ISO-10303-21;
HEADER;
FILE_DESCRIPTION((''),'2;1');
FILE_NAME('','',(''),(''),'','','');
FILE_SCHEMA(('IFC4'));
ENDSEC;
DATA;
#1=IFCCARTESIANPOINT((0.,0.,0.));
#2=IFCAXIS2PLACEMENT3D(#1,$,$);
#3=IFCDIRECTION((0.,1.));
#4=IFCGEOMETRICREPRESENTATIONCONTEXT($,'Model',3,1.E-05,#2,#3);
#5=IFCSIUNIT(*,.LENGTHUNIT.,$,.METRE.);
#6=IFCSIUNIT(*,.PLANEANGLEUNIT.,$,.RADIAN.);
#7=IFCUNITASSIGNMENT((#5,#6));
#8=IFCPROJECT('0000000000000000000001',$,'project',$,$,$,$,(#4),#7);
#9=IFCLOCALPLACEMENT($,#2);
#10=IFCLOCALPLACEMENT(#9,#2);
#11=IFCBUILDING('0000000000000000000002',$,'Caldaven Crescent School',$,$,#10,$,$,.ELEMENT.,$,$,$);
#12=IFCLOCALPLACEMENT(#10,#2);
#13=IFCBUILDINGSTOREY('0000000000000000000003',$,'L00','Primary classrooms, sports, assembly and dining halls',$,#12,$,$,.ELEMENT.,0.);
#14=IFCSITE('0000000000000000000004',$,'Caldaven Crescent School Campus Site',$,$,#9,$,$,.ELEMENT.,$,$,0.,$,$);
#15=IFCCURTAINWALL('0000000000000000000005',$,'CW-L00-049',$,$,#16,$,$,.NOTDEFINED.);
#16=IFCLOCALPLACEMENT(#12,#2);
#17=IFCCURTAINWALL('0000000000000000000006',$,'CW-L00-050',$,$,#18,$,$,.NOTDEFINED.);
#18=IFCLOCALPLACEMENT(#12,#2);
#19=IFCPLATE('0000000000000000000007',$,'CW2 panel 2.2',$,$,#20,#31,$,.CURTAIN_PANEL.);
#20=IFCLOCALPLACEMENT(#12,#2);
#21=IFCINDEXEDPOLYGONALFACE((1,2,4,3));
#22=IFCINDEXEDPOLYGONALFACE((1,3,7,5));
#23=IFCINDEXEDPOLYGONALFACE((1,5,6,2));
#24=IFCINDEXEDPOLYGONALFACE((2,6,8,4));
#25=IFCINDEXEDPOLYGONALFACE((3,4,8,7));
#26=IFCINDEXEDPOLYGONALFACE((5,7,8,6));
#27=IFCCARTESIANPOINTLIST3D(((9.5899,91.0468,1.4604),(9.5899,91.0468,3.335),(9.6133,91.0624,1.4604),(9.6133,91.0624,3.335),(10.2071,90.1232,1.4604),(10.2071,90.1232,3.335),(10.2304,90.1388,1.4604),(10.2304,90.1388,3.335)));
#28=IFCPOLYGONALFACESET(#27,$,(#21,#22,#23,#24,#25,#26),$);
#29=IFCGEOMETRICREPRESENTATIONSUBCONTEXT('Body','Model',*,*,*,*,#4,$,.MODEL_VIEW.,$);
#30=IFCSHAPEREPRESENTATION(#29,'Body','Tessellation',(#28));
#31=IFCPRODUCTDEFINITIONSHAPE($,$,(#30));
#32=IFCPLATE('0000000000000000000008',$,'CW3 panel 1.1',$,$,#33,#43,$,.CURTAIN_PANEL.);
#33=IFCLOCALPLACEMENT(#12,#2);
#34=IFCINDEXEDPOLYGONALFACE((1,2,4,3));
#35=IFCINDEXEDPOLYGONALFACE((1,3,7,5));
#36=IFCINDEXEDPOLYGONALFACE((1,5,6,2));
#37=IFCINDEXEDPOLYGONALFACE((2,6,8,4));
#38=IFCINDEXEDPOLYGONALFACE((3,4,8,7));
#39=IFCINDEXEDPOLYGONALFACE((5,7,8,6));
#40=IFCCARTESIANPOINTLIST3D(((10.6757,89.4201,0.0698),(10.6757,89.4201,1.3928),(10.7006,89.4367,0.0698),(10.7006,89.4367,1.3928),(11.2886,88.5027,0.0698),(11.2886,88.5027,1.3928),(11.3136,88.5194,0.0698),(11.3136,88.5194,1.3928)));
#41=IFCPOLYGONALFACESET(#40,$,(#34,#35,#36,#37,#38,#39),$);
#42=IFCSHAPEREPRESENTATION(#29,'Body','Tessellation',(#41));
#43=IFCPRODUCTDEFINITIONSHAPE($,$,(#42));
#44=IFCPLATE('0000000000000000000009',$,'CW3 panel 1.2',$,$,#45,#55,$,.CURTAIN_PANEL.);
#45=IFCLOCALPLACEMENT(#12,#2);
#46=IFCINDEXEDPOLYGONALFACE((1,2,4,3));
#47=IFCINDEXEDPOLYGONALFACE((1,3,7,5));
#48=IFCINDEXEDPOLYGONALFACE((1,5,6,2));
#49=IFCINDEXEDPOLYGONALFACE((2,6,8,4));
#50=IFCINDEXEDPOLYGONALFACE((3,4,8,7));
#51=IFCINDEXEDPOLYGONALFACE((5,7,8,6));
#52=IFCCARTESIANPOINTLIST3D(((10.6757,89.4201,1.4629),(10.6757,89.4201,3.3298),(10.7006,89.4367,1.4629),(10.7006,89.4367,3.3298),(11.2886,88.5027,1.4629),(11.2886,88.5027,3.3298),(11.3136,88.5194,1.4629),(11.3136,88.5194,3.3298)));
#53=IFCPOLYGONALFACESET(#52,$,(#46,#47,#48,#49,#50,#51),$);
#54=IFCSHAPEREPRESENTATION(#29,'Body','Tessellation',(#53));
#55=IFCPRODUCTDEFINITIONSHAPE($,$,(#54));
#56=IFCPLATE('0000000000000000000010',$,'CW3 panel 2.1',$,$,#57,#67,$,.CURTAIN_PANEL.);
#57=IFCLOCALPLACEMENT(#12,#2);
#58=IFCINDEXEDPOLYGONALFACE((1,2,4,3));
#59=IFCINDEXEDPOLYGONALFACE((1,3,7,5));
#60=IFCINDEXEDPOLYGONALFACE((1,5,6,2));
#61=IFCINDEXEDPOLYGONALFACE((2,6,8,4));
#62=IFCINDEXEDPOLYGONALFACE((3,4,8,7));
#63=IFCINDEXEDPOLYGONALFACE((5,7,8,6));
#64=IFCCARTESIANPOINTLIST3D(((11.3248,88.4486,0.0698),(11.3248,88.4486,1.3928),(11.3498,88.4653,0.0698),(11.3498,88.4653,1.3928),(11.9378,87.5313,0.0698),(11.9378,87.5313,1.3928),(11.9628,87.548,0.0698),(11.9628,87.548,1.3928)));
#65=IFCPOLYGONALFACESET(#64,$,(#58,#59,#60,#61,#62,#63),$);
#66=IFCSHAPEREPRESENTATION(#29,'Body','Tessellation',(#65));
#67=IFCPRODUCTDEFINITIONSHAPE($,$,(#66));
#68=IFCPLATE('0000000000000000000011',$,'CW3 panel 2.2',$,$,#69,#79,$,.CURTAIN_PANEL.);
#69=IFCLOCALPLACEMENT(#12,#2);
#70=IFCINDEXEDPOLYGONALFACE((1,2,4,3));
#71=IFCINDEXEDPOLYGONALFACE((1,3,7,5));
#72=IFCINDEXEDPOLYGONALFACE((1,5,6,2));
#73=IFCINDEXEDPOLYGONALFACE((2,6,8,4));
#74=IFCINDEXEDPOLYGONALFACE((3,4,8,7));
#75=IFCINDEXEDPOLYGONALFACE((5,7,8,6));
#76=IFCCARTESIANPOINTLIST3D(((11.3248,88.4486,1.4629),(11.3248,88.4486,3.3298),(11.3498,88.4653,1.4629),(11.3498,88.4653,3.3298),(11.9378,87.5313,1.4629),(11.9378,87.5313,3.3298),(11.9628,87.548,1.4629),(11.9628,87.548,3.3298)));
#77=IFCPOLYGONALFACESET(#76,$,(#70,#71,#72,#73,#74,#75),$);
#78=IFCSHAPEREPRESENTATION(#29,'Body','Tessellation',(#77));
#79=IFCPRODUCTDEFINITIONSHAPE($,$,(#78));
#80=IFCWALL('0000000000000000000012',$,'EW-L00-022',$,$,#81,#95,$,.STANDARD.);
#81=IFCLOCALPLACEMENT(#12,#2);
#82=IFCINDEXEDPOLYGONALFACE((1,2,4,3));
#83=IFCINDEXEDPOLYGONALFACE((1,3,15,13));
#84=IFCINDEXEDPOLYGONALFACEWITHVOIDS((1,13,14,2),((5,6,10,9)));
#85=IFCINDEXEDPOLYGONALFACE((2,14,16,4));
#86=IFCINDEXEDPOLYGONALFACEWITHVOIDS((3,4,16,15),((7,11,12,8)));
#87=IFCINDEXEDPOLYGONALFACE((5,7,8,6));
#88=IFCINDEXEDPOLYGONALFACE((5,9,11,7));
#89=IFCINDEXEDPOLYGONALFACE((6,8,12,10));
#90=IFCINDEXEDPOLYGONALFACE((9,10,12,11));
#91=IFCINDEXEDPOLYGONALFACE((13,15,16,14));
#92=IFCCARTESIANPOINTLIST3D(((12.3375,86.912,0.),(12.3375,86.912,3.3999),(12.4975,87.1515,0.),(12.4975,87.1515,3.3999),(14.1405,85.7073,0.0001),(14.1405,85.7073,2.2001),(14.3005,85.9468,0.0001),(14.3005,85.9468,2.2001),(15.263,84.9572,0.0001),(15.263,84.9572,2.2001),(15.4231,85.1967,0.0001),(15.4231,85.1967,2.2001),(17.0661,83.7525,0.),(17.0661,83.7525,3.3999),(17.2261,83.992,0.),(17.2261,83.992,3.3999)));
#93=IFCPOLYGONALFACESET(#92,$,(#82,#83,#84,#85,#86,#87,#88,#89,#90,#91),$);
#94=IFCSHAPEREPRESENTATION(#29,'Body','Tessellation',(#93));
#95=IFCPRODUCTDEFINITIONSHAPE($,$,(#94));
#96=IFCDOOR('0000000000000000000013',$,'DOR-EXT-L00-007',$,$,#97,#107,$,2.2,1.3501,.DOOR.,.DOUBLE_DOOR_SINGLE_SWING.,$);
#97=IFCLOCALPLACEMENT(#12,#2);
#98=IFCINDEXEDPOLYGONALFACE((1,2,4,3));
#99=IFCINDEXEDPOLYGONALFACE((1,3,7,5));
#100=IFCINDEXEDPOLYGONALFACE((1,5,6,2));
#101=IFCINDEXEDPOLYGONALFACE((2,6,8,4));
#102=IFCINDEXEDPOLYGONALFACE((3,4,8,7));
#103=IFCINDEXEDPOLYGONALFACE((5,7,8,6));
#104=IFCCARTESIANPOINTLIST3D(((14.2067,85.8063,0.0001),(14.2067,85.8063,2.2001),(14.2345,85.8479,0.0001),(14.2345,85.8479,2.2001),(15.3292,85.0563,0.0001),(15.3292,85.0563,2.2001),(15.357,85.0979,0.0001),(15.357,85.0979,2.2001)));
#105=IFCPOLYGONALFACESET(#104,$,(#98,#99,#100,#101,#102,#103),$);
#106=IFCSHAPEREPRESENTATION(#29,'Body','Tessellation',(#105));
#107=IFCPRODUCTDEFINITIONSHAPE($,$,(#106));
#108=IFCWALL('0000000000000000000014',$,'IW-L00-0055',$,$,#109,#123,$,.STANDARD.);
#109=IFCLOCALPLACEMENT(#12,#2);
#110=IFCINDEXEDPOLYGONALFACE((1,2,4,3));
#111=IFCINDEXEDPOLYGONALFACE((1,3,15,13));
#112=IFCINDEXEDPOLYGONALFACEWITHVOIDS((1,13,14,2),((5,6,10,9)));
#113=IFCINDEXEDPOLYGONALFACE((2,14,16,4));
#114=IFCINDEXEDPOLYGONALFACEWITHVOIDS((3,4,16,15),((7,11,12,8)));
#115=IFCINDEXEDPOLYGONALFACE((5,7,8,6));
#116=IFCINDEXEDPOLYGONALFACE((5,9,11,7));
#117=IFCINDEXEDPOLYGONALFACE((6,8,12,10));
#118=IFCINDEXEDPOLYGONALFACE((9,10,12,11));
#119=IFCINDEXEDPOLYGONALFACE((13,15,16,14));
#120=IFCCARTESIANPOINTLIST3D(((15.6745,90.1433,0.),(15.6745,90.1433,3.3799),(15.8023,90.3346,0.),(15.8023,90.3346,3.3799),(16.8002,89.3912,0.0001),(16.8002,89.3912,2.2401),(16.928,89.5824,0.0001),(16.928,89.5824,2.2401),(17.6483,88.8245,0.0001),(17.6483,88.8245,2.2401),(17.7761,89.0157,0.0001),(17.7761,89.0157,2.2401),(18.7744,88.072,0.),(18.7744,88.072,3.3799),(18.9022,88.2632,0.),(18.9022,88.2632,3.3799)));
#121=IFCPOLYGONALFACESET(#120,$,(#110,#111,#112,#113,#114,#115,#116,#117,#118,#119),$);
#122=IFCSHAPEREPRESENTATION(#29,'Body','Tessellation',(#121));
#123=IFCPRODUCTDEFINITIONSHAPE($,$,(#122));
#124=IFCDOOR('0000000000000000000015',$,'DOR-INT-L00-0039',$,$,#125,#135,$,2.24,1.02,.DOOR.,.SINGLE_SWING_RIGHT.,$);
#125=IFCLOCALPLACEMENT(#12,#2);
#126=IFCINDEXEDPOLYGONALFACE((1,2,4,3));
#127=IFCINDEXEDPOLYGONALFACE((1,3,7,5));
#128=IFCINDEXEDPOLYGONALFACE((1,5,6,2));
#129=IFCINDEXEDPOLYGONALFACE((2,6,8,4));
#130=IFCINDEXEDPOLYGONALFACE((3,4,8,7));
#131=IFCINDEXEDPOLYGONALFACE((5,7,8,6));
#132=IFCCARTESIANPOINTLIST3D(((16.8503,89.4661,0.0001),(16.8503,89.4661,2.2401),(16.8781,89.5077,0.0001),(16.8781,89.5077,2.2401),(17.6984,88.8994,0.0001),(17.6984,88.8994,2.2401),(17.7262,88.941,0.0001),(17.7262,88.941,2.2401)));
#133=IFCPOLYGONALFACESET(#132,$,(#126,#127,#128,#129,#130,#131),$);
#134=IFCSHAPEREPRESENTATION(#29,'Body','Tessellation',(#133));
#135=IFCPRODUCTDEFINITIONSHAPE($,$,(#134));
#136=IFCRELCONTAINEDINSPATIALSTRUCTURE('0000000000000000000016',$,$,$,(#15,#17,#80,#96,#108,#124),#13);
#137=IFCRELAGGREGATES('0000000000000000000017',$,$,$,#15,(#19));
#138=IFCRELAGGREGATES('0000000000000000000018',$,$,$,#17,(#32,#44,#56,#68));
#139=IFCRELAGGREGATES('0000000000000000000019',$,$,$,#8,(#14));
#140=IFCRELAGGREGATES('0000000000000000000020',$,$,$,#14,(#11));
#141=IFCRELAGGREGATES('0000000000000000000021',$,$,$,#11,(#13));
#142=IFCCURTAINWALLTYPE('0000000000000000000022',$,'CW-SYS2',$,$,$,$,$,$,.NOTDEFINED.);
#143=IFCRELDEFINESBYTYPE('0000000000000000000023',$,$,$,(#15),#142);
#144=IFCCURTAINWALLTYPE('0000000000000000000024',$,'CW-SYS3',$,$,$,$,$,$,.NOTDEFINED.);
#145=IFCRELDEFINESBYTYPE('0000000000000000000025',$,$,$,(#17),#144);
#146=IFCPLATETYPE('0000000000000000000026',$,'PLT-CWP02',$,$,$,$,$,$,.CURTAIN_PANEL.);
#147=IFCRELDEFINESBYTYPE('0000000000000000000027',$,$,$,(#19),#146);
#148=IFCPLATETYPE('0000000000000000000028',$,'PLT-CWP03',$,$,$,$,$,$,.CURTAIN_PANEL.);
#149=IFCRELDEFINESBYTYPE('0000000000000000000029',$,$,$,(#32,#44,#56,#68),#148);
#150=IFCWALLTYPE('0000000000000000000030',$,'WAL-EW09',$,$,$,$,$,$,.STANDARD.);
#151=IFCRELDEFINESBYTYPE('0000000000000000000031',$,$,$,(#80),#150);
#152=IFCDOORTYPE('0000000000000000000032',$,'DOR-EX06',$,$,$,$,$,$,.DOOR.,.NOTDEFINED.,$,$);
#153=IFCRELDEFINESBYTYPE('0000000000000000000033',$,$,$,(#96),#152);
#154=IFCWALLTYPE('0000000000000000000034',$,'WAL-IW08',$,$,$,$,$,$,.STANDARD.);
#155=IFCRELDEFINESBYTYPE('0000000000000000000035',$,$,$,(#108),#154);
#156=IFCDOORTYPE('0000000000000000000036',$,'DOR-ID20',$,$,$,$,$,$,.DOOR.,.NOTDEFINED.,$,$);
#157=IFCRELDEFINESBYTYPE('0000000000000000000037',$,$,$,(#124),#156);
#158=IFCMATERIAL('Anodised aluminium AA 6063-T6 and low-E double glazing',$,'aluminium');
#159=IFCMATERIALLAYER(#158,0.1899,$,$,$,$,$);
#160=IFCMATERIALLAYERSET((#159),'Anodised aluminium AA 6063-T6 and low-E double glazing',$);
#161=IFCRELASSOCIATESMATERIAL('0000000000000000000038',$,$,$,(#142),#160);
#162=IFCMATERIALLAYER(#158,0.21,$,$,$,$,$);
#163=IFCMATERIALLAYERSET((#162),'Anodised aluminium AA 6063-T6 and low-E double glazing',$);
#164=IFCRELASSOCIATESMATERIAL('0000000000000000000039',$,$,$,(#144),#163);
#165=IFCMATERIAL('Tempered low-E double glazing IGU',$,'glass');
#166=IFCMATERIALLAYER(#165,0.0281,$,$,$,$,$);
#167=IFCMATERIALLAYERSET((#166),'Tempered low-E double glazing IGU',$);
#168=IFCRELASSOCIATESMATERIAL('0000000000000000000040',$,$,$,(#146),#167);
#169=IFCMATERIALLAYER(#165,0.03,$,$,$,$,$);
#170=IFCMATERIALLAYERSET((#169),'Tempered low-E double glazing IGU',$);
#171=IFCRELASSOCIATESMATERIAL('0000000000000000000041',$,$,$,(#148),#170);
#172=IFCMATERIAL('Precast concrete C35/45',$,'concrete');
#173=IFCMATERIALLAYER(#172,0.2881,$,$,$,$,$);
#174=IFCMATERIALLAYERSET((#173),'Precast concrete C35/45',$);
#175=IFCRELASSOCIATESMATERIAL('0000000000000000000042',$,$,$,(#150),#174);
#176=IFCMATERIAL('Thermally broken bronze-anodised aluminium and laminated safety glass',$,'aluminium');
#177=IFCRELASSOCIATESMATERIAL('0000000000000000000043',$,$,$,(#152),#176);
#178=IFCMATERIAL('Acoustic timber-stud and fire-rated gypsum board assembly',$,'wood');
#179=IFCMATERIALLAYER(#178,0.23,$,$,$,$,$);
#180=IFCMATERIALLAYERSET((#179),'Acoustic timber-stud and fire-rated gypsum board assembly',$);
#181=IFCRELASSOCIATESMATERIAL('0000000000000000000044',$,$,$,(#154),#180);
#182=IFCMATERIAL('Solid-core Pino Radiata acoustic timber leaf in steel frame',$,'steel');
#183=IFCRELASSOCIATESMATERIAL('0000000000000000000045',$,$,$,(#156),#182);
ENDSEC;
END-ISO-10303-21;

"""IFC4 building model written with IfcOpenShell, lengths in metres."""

from ifc_helpers import new_model, si_unit, direction, frame, frame_2d, origin, origin_2d, place, context, subcontext, project, spatial, rectangle, extrude, material, layer, layer_set, type_object, element, fill, aggregate, save


model = new_model("IFC4")

# Units and contexts
model_context = context("Model", 3, precision=1e-05, world=origin(), true_north=direction((0.0, 1.0)))
body_context = subcontext(model_context, "Body", "Model", "MODEL_VIEW")
ifc_project = project(units=[si_unit("LENGTHUNIT", "METRE"), si_unit("PLANEANGLEUNIT", "RADIAN")], contexts=[model_context])

# Site, building, storey
site_placement = place(None, origin())
site = spatial("IfcSite", under=ifc_project, at=site_placement, Name="Caldaven Crescent School Campus Site", CompositionType="ELEMENT", RefElevation=0.0)
building_placement = place(site_placement, origin())
building = spatial("IfcBuilding", under=site, at=building_placement, Name="Caldaven Crescent School", CompositionType="ELEMENT")
storey_placement = place(building_placement, origin())
storey = spatial("IfcBuildingStorey", under=building, at=storey_placement, Name="L00", Description="Primary classrooms, sports, assembly and dining halls", CompositionType="ELEMENT", Elevation=0.0)

# Curtain walls
ifc_material_1 = material(Name="Anodised aluminium AA 6063-T6 and low-E double glazing", Category="aluminium")
ifc_layer_1 = layer(ifc_material_1, 0.1899)
ifc_layer_set_1 = layer_set([ifc_layer_1], Name="Anodised aluminium AA 6063-T6 and low-E double glazing")
curtain_wall_type_1 = type_object("IfcCurtainWallType", Name="CW-SYS2", PredefinedType="NOTDEFINED", material=ifc_layer_set_1)
curtain_wall_1_placement = place(storey_placement, origin())
curtain_wall_1 = element("IfcCurtainWall", 1, at=curtain_wall_1_placement, inside=storey, type_object=curtain_wall_type_1, Name="CW-L00-049", PredefinedType="NOTDEFINED")
ifc_layer_2 = layer(ifc_material_1, 0.21)
ifc_layer_set_2 = layer_set([ifc_layer_2], Name="Anodised aluminium AA 6063-T6 and low-E double glazing")
curtain_wall_type_2 = type_object("IfcCurtainWallType", Name="CW-SYS3", PredefinedType="NOTDEFINED", material=ifc_layer_set_2)
curtain_wall_2_placement = place(storey_placement, origin())
curtain_wall_2 = element("IfcCurtainWall", 2, at=curtain_wall_2_placement, inside=storey, type_object=curtain_wall_type_2, Name="CW-L00-050", PredefinedType="NOTDEFINED")

# Plates
ifc_material_2 = material(Name="Tempered low-E double glazing IGU", Category="glass")
ifc_layer_3 = layer(ifc_material_2, 0.0281)
ifc_layer_set_3 = layer_set([ifc_layer_3], Name="Tempered low-E double glazing IGU")
plate_type_1 = type_object("IfcPlateType", Name="PLT-CWP02", PredefinedType="CURTAIN_PANEL", material=ifc_layer_set_3)
plate_1_placement = place(storey_placement, frame((9.9102, 90.5928, 1.4604), z_axis=(0.0, 0.0, 1.0), x_axis=(0.55557, -0.83147, 0.0)))
plate_1 = element("IfcPlate", 3, at=plate_1_placement, type_object=plate_type_1, Name="CW2 panel 2.2", PredefinedType="CURTAIN_PANEL", context=body_context, shape_type="SweptSolid", body=[
    extrude(rectangle(XDim=1.1108, YDim=0.0281, at=origin_2d()), origin(), (0.0, 0.0, 1.0), 1.8745),
])
aggregate(curtain_wall_1, [plate_1])
ifc_layer_4 = layer(ifc_material_2, 0.03)
ifc_layer_set_4 = layer_set([ifc_layer_4], Name="Tempered low-E double glazing IGU")
plate_type_2 = type_object("IfcPlateType", Name="PLT-CWP03", PredefinedType="CURTAIN_PANEL", material=ifc_layer_set_4)
plate_2_placement = place(storey_placement, frame((10.9946, 88.9697, 0.0698), z_axis=(0.0, 0.0, 1.0), x_axis=(0.555572, -0.831468, 0.0)))
plate_2 = element("IfcPlate", 4, at=plate_2_placement, type_object=plate_type_2, Name="CW3 panel 1.1", PredefinedType="CURTAIN_PANEL", context=body_context, shape_type="SweptSolid", body=[
    extrude(rectangle(XDim=1.1033, YDim=0.03, at=origin_2d()), origin(), (0.0, 0.0, 1.0), 1.323),
])
plate_3_placement = place(storey_placement, frame((10.9946, 88.9697, 1.4629), z_axis=(0.0, 0.0, 1.0), x_axis=(0.555572, -0.831468, 0.0)))
plate_3 = element("IfcPlate", 5, at=plate_3_placement, type_object=plate_type_2, Name="CW3 panel 1.2", PredefinedType="CURTAIN_PANEL", context=body_context, shape_type="SweptSolid", body=[
    extrude(rectangle(XDim=1.1033, YDim=0.03, at=origin_2d()), origin(), (0.0, 0.0, 1.0), 1.8669),
])
plate_4_placement = place(storey_placement, frame((11.6438, 87.9983, 0.0698), z_axis=(0.0, 0.0, 1.0), x_axis=(0.555572, -0.831468, 0.0)))
plate_4 = element("IfcPlate", 6, at=plate_4_placement, type_object=plate_type_2, Name="CW3 panel 2.1", PredefinedType="CURTAIN_PANEL", context=body_context, shape_type="SweptSolid", body=[
    extrude(rectangle(XDim=1.1033, YDim=0.03, at=origin_2d()), origin(), (0.0, 0.0, 1.0), 1.323),
])
plate_5_placement = place(storey_placement, frame((11.6438, 87.9983, 1.4629), z_axis=(0.0, 0.0, 1.0), x_axis=(0.555572, -0.831468, 0.0)))
plate_5 = element("IfcPlate", 7, at=plate_5_placement, type_object=plate_type_2, Name="CW3 panel 2.2", PredefinedType="CURTAIN_PANEL", context=body_context, shape_type="SweptSolid", body=[
    extrude(rectangle(XDim=1.1033, YDim=0.03, at=origin_2d()), origin(), (0.0, 0.0, 1.0), 1.8669),
])
aggregate(curtain_wall_2, [plate_2, plate_3, plate_4, plate_5])

# Walls, openings, doors
ifc_material_3 = material(Name="Precast concrete C35/45", Category="concrete")
ifc_layer_5 = layer(ifc_material_3, 0.2881)
ifc_layer_set_5 = layer_set([ifc_layer_5], Name="Precast concrete C35/45")
wall_type_1 = type_object("IfcWallType", Name="WAL-EW09", PredefinedType="STANDARD", material=ifc_layer_set_5)
wall_1_placement = place(storey_placement, frame((12.4175, 87.0317, 0.0), z_axis=(0.0, 0.0, 1.0), x_axis=(0.831475, -0.555562, 0.0)))
wall_1 = element("IfcWall", 8, at=wall_1_placement, inside=storey, type_object=wall_type_1, Name="EW-L00-022", PredefinedType="STANDARD", context=body_context, shape_type="SweptSolid", body=[
    extrude(rectangle(XDim=5.687, YDim=0.2881, at=frame_2d((2.8435, 0.0))), origin(), (0.0, 0.0, 1.0), 3.3999),
])
opening_1_placement = place(wall_1_placement, frame((2.1685, 0.0, 0.0)))
opening_1 = element("IfcOpeningElement", 9, at=opening_1_placement, cuts=wall_1, PredefinedType="OPENING", context=body_context, shape_type="SweptSolid", body=[
    extrude(rectangle(XDim=1.3501, YDim=2.2, at=frame_2d((0.675, 1.1001))), frame((0.0, 0.1541, 0.0), z_axis=(0.0, -1.0, 0.0), x_axis=(1.0, 0.0, 0.0)), (0.0, 0.0, 1.0), 0.3081),
])
ifc_material_4 = material(Name="Thermally broken bronze-anodised aluminium and laminated safety glass", Category="aluminium")
door_type_1 = type_object("IfcDoorType", Name="DOR-EX06", OperationType="NOTDEFINED", PredefinedType="DOOR", material=ifc_material_4)
door_1_placement = place(opening_1_placement, frame((1.3501, 0.0, 0.0), z_axis=(0.0, 0.0, 1.0), x_axis=(-1.0, 0.0, 0.0)))
door_1 = element("IfcDoor", 10, at=door_1_placement, inside=storey, type_object=door_type_1, Name="DOR-EXT-L00-007", OperationType="DOUBLE_DOOR_SINGLE_SWING", OverallHeight=2.2, OverallWidth=1.3501, PredefinedType="DOOR", context=body_context, shape_type="SweptSolid", body=[
    extrude(rectangle(XDim=1.3501, YDim=2.2, at=frame_2d((0.675, 1.1001))), frame((0.0, 0.0249, 0.0), z_axis=(0.0, -1.0, 0.0), x_axis=(1.0, 0.0, 0.0)), (0.0, 0.0, 1.0), 0.05),
])
fill(opening_1, door_1)
ifc_material_5 = material(Name="Acoustic timber-stud and fire-rated gypsum board assembly", Category="wood")
ifc_layer_6 = layer(ifc_material_5, 0.23)
ifc_layer_set_6 = layer_set([ifc_layer_6], Name="Acoustic timber-stud and fire-rated gypsum board assembly")
wall_type_2 = type_object("IfcWallType", Name="WAL-IW08", PredefinedType="STANDARD", material=ifc_layer_set_6)
wall_2_placement = place(storey_placement, frame((15.7383, 90.239, 0.0), z_axis=(0.0, 0.0, 1.0), x_axis=(0.831466, -0.555576, 0.0)))
wall_2 = element("IfcWall", 11, at=wall_2_placement, inside=storey, type_object=wall_type_2, Name="IW-L00-0055", PredefinedType="STANDARD", context=body_context, shape_type="SweptSolid", body=[
    extrude(rectangle(XDim=3.7283, YDim=0.23, at=frame_2d((1.8643, 0.0))), origin(), (0.0, 0.0, 1.0), 3.3799),
])
opening_2_placement = place(wall_2_placement, frame((1.354, 0.0, 0.0)))
opening_2 = element("IfcOpeningElement", 12, at=opening_2_placement, cuts=wall_2, PredefinedType="OPENING", context=body_context, shape_type="SweptSolid", body=[
    extrude(rectangle(XDim=1.02, YDim=2.24, at=frame_2d((0.51, 1.1201))), frame((0.0, 0.125, 0.0), z_axis=(0.0, -1.0, 0.0), x_axis=(1.0, 0.0, 0.0)), (0.0, 0.0, 1.0), 0.25),
])
ifc_material_6 = material(Name="Solid-core Pino Radiata acoustic timber leaf in steel frame", Category="steel")
door_type_2 = type_object("IfcDoorType", Name="DOR-ID20", OperationType="NOTDEFINED", PredefinedType="DOOR", material=ifc_material_6)
door_2_placement = place(opening_2_placement, frame((1.02, 0.0, 0.0), z_axis=(0.0, 0.0, 1.0), x_axis=(-1.0, 0.0, 0.0)))
door_2 = element("IfcDoor", 13, at=door_2_placement, inside=storey, type_object=door_type_2, Name="DOR-INT-L00-0039", OperationType="SINGLE_SWING_RIGHT", OverallHeight=2.24, OverallWidth=1.02, PredefinedType="DOOR", context=body_context, shape_type="SweptSolid", body=[
    extrude(rectangle(XDim=1.02, YDim=2.24, at=frame_2d((0.51, 1.1201))), frame((0.0, 0.0249, 0.0), z_axis=(0.0, -1.0, 0.0), x_axis=(1.0, 0.0, 0.0)), (0.0, 0.0, 1.0), 0.05),
])
fill(opening_2, door_2)

save(model, "model.ifc")
